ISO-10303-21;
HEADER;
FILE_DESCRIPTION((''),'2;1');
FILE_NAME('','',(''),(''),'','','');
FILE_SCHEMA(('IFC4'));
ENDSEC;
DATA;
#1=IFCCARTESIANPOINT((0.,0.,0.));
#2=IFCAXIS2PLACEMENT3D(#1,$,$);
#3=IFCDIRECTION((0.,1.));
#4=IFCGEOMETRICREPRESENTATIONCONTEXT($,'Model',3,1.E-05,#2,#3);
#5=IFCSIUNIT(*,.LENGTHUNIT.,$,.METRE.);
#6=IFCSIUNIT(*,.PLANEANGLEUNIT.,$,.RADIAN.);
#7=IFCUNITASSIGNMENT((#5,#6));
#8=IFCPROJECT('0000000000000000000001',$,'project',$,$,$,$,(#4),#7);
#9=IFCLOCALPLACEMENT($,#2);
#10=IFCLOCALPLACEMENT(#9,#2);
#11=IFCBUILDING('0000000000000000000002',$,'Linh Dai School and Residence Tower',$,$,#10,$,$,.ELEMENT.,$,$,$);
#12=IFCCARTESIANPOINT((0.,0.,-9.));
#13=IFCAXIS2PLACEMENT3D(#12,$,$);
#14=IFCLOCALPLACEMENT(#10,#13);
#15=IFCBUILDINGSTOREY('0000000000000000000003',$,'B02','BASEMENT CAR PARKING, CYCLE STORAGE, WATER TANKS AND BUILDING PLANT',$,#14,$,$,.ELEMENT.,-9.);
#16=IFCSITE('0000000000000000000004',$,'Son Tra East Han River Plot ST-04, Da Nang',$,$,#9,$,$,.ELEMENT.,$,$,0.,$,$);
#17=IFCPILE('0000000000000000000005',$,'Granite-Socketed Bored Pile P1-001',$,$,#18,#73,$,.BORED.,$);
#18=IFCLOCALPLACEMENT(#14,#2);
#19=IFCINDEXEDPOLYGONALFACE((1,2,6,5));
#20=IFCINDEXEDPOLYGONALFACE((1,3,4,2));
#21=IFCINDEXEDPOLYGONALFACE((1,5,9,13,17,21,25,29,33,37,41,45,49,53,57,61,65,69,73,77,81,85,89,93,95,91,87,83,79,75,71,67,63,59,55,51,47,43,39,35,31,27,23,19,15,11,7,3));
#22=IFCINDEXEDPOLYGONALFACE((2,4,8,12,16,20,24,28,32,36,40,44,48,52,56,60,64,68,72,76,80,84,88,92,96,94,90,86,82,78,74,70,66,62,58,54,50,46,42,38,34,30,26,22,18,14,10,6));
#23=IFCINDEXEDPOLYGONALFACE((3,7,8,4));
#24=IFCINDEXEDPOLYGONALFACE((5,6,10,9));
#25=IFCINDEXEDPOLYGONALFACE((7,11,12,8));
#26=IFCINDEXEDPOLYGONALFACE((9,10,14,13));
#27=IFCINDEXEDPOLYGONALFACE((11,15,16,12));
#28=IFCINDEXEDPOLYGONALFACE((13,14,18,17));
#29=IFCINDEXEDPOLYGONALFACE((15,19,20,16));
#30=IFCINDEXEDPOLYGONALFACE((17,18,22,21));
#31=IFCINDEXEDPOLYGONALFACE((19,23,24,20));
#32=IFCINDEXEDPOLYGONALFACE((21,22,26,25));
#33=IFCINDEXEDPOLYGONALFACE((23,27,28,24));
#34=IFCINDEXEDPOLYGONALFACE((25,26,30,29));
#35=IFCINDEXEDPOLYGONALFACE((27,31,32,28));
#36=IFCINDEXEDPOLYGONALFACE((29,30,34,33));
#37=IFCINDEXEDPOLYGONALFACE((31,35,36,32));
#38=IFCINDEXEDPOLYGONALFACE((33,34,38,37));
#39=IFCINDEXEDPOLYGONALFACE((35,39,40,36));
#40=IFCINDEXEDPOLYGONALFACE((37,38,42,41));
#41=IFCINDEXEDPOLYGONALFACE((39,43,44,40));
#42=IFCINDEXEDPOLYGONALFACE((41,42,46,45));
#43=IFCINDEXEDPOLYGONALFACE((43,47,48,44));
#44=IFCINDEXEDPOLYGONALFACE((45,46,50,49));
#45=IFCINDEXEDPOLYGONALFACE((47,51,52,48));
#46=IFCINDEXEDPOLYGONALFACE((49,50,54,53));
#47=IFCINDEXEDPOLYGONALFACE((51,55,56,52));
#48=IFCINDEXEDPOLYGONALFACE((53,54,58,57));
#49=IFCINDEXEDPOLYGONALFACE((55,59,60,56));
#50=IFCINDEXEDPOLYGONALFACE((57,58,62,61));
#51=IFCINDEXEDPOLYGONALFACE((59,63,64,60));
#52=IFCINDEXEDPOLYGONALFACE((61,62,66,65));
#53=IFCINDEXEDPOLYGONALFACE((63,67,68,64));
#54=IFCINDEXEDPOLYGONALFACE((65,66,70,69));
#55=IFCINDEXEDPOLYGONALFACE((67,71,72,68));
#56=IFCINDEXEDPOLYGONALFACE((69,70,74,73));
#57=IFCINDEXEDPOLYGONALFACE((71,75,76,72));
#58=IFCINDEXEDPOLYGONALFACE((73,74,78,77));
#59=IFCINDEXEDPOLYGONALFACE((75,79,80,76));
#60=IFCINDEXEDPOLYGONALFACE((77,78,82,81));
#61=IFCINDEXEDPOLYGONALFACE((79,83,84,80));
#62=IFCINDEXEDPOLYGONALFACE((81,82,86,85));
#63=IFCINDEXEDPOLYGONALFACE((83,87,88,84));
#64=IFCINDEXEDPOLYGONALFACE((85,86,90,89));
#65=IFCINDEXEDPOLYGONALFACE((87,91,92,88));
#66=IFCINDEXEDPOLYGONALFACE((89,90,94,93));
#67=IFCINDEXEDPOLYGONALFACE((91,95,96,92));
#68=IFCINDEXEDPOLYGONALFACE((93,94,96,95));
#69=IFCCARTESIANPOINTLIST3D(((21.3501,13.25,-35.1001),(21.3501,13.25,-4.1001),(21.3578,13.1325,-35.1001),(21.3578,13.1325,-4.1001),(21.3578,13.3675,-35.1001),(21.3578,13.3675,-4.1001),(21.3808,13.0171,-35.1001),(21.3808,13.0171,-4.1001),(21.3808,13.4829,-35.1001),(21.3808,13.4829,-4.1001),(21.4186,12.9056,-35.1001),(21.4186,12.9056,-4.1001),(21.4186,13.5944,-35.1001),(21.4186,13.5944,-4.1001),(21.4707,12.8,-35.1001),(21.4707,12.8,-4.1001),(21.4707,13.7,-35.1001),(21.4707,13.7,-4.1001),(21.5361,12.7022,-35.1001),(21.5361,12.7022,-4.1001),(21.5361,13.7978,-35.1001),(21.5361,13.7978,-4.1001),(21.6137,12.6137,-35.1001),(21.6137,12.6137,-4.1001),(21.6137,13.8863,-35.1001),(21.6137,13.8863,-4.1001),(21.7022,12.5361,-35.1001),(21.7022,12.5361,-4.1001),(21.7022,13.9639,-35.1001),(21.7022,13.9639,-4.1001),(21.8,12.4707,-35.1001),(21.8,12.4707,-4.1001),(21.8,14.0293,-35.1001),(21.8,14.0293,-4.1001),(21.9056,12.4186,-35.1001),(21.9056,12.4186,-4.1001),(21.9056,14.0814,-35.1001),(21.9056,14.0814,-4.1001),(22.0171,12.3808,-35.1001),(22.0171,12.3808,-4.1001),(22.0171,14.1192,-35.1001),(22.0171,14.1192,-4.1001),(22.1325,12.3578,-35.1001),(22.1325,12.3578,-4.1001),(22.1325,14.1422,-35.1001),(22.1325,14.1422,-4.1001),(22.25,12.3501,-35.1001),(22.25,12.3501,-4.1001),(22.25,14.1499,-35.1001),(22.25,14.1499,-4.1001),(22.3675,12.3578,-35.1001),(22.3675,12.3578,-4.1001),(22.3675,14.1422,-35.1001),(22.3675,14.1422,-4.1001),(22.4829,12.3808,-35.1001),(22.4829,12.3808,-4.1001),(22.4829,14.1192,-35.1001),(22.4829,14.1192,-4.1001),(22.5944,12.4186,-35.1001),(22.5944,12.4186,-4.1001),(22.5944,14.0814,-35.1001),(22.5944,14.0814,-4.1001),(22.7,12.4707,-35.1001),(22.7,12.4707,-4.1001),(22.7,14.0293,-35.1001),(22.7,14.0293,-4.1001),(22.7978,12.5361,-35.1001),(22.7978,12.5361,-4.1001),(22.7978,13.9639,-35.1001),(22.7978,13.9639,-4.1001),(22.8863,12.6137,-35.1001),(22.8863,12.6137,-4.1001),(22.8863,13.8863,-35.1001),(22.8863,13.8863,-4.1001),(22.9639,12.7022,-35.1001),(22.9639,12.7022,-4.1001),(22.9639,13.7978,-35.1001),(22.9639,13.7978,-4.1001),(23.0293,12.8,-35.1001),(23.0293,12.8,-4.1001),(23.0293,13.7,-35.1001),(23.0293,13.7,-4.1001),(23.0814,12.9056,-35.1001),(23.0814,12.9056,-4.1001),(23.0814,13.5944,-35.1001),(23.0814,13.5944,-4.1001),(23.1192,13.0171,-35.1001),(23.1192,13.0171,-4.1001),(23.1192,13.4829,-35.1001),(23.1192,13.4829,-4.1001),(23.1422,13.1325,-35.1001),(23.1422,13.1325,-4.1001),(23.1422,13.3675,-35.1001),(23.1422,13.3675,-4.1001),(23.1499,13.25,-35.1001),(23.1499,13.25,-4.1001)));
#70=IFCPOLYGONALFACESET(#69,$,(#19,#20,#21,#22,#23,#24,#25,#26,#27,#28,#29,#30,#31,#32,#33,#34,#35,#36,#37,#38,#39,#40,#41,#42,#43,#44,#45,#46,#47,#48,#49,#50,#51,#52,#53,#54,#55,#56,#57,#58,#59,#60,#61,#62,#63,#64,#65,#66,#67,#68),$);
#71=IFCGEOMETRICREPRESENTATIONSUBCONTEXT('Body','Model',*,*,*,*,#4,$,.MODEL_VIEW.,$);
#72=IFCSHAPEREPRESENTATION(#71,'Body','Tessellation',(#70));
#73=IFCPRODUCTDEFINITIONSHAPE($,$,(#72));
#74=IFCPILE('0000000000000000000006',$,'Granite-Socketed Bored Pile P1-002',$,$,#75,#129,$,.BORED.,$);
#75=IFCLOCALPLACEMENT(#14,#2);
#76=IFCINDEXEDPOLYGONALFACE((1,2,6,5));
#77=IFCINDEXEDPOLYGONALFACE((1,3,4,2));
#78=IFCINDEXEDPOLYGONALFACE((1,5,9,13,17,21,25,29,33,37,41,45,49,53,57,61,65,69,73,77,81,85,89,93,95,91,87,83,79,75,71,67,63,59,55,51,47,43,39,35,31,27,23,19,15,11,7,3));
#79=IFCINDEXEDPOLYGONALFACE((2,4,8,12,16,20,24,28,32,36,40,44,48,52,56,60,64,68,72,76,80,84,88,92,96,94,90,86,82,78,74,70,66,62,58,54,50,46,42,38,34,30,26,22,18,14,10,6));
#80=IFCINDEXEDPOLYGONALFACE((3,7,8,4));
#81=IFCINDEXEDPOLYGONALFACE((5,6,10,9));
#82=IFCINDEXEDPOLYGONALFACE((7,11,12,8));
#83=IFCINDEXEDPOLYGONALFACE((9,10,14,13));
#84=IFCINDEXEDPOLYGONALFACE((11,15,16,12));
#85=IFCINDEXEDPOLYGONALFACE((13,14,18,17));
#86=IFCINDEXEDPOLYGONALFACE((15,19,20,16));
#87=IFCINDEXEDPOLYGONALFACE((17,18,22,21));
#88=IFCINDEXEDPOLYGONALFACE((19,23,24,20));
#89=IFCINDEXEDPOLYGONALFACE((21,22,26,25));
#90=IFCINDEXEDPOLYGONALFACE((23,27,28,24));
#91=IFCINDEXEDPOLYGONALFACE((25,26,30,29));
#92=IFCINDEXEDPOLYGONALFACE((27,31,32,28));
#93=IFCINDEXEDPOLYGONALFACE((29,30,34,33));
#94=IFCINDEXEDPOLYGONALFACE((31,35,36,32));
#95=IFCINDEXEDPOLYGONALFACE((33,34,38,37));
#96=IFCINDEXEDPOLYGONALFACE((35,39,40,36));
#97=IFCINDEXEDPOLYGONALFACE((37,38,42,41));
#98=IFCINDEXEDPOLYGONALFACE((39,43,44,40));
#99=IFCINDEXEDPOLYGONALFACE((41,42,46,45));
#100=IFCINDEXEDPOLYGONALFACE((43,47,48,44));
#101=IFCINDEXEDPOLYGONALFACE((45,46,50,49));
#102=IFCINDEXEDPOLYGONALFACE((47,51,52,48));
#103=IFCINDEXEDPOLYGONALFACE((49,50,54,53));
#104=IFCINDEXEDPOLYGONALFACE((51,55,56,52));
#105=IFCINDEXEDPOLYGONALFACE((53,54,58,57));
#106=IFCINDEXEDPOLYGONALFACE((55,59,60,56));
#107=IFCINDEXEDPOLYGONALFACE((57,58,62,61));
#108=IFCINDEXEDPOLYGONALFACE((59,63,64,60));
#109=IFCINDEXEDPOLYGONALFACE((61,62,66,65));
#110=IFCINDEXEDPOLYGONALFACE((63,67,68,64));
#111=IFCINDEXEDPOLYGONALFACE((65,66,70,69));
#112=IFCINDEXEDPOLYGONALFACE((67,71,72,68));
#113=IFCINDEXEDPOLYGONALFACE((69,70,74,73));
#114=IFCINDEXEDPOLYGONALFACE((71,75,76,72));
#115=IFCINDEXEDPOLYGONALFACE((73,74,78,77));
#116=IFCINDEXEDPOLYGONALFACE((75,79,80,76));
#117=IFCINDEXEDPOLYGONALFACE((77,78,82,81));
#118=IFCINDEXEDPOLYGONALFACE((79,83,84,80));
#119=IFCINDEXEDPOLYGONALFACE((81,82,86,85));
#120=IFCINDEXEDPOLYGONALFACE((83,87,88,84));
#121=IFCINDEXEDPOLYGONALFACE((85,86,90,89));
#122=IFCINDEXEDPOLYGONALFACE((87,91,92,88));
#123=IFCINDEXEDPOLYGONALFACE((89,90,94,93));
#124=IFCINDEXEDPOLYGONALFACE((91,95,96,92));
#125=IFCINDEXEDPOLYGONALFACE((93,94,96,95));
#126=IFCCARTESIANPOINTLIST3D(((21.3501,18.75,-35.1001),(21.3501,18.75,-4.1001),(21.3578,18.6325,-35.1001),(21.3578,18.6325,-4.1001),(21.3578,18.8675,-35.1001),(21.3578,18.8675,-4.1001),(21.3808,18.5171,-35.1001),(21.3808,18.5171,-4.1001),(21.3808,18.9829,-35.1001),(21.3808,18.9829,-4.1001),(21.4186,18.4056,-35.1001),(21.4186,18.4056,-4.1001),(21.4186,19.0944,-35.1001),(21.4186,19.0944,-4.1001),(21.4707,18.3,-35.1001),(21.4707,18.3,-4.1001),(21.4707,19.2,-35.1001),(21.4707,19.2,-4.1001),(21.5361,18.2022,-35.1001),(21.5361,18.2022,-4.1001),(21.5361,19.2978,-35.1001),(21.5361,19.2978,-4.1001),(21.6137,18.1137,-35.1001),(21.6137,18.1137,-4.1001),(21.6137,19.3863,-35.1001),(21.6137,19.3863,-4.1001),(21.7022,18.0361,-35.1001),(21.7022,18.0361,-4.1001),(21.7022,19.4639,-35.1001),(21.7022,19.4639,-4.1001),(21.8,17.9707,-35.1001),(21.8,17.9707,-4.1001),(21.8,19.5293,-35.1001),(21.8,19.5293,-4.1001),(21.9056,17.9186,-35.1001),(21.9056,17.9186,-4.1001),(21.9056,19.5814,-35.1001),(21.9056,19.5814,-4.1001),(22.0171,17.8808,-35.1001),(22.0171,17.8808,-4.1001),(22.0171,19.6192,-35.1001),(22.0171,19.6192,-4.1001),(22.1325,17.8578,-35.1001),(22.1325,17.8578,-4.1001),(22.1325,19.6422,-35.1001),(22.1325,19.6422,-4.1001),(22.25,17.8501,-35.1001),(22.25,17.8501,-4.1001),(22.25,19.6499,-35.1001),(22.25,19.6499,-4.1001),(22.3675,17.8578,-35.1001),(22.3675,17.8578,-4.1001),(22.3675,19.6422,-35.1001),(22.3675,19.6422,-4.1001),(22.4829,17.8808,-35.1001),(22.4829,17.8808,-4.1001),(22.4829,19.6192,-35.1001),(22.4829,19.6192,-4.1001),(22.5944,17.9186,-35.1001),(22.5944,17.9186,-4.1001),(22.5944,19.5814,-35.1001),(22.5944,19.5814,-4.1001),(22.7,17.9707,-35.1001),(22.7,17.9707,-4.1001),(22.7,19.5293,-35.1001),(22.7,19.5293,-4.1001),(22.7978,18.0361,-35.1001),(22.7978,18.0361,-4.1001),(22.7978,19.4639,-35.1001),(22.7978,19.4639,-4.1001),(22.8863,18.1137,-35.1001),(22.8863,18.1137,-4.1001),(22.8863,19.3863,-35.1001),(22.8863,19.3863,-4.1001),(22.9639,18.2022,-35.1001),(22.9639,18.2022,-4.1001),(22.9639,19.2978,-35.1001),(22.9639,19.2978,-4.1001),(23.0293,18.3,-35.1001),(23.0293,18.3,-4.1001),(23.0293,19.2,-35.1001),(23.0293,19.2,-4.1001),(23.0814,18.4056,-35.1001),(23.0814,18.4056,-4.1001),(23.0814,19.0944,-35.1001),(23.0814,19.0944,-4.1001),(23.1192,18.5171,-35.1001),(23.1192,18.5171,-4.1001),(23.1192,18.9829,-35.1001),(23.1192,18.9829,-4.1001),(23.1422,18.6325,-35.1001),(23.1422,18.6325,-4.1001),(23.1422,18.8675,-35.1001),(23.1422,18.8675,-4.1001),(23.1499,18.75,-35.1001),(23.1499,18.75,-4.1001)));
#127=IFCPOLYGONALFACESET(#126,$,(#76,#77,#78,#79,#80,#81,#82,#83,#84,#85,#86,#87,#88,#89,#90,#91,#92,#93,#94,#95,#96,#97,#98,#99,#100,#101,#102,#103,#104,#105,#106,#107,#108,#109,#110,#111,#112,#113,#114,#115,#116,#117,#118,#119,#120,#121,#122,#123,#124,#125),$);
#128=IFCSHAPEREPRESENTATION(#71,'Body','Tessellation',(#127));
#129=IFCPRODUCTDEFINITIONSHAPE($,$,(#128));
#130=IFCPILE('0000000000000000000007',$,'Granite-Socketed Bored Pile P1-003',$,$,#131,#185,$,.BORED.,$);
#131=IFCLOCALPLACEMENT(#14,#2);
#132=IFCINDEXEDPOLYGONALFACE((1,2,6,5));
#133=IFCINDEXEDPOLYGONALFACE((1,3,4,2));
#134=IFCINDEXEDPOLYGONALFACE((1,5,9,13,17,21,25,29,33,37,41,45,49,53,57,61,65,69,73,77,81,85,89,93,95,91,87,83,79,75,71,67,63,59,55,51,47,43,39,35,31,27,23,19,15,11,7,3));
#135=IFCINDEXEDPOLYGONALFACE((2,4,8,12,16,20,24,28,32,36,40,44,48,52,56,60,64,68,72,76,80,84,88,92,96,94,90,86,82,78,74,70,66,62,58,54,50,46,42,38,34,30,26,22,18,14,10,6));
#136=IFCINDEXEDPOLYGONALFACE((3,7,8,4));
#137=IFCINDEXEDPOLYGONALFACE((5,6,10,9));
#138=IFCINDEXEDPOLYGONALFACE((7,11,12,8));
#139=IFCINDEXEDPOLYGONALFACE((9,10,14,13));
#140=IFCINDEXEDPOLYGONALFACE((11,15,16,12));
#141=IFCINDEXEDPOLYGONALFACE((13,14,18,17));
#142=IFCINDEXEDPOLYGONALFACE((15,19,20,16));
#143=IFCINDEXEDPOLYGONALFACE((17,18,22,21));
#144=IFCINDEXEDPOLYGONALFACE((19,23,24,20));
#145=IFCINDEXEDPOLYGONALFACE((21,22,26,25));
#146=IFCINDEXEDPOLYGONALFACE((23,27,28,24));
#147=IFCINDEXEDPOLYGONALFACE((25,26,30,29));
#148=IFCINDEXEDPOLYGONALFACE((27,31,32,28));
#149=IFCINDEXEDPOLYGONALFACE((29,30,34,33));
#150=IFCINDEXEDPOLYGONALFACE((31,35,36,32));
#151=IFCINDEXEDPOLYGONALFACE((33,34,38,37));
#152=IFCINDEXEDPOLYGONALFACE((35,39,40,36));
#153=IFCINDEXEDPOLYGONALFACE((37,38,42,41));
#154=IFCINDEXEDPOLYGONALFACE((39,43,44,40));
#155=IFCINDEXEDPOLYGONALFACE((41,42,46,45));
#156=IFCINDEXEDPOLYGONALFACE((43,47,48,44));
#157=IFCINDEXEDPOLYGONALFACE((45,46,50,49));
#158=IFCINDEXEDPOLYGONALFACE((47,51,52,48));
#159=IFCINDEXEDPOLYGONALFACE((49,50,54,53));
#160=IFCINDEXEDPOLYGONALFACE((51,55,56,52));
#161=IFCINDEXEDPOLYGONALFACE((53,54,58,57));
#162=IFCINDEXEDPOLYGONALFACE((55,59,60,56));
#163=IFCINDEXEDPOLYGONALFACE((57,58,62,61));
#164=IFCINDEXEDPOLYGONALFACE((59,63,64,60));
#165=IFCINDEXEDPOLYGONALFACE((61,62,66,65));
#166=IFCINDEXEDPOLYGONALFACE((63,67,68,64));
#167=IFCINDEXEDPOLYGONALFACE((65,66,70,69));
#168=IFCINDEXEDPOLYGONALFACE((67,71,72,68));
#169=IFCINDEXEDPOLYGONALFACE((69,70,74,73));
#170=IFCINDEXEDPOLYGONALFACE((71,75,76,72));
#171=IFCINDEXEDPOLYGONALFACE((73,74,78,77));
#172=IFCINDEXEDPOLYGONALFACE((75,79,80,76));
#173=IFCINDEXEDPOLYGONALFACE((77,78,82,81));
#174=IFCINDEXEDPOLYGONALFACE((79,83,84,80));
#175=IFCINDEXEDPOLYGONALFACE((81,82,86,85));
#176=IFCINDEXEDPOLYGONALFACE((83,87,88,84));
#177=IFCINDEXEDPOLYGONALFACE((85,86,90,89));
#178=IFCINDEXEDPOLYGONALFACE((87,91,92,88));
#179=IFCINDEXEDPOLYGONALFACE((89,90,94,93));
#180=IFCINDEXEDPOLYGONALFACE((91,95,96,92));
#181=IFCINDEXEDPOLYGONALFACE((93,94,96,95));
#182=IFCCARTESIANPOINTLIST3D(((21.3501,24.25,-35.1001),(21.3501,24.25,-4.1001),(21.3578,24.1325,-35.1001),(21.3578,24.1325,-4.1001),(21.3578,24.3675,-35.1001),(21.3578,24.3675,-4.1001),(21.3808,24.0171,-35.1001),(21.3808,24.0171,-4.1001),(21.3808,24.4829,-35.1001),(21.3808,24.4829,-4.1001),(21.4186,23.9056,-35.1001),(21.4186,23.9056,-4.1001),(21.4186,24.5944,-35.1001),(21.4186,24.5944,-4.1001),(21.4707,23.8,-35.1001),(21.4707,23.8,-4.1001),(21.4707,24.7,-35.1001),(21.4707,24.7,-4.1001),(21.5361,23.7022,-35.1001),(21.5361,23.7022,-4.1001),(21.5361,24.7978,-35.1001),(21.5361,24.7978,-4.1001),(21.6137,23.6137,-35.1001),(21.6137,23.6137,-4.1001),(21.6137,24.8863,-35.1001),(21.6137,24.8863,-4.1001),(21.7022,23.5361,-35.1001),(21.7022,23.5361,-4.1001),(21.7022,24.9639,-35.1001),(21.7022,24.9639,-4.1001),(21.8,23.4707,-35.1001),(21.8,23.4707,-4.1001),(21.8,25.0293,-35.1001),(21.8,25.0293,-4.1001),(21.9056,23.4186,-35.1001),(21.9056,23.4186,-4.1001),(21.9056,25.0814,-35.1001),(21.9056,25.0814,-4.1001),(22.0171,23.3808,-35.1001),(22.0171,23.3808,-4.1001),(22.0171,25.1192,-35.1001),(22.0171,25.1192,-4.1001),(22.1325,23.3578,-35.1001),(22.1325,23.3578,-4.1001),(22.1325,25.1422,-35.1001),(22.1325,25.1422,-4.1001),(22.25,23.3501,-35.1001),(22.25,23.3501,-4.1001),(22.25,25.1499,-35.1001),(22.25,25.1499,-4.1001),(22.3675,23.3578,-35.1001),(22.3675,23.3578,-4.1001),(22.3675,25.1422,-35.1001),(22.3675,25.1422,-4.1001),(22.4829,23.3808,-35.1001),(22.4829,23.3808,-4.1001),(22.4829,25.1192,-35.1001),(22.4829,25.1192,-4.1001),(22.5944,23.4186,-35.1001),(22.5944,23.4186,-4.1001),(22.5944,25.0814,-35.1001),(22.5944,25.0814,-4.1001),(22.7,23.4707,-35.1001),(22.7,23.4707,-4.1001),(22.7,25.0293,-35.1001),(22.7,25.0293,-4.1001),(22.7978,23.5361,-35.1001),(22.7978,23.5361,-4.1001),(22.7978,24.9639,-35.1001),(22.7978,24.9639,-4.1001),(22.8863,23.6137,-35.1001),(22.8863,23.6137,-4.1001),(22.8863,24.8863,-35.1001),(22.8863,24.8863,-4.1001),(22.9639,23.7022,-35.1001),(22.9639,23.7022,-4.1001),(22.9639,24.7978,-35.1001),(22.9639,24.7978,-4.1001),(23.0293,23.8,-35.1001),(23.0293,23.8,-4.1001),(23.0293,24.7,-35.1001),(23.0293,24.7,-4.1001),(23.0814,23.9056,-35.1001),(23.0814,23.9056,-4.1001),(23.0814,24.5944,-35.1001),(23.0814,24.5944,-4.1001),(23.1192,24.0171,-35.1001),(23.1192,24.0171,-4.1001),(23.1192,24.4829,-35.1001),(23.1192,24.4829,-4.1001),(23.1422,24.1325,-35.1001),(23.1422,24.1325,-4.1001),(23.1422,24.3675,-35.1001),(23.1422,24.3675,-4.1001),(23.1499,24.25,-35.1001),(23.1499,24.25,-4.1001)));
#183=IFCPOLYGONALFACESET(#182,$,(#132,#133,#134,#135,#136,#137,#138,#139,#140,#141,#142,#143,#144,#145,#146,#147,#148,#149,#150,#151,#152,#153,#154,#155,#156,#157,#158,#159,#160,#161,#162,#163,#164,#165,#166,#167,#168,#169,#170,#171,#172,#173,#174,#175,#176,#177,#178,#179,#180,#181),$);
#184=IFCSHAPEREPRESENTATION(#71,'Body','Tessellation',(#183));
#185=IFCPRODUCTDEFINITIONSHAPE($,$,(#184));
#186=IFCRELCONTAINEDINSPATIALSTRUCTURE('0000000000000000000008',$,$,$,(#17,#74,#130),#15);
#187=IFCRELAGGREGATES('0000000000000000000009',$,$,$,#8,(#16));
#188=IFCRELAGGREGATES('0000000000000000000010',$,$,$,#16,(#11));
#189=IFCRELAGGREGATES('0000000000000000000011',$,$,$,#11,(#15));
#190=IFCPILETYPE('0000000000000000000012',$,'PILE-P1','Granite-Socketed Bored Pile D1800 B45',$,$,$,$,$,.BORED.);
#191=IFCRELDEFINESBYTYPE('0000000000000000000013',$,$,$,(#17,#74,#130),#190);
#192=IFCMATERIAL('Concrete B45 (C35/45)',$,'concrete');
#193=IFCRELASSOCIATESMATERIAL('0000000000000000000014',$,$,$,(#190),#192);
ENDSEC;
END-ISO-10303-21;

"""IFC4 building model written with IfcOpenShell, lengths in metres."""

from ifc_helpers import new_model, si_unit, direction, frame, origin, origin_2d, place, context, subcontext, project, spatial, circle, extrude, material, material_profile, profile_set, type_object, element, save


model = new_model("IFC4")

# Units and contexts
model_context = context("Model", 3, precision=1e-05, world=origin(), true_north=direction((0.0, 1.0)))
body_context = subcontext(model_context, "Body", "Model", "MODEL_VIEW")
ifc_project = project(units=[si_unit("LENGTHUNIT", "METRE"), si_unit("PLANEANGLEUNIT", "RADIAN")], contexts=[model_context])

# Site, building, storey
site_placement = place(None, origin())
site = spatial("IfcSite", under=ifc_project, at=site_placement, Name="Son Tra East Han River Plot ST-04, Da Nang", CompositionType="ELEMENT", RefElevation=0.0)
building_placement = place(site_placement, origin())
building = spatial("IfcBuilding", under=site, at=building_placement, Name="Linh Dai School and Residence Tower", CompositionType="ELEMENT")
storey_placement = place(building_placement, frame((0.0, 0.0, -9.0)))
storey = spatial("IfcBuildingStorey", under=building, at=storey_placement, Name="B02", Description="BASEMENT CAR PARKING, CYCLE STORAGE, WATER TANKS AND BUILDING PLANT", CompositionType="ELEMENT", Elevation=-9.0)

# Piles
ifc_material_1 = material(Name="Concrete B45 (C35/45)", Category="concrete")
ifc_material_profile_1 = material_profile(ifc_material_1, circle(Radius=0.8999, at=origin_2d()), Name="PILE D1800")
ifc_profile_set_1 = profile_set([ifc_material_profile_1], Name="Concrete B45 (C35/45)")
pile_type_1 = type_object("IfcPileType", Name="PILE-P1", Description="Granite-Socketed Bored Pile D1800 B45", PredefinedType="BORED", material=ifc_profile_set_1)
for number, where, z_axis, x_axis, name in (
    (1, (22.25, 13.25, -4.1001), (0.0, 0.0, -1.0), (1.0, 0.0, 0.0), "Granite-Socketed Bored Pile P1-001"),
    (2, (22.25, 18.75, -4.1001), (0.0, 0.0, -1.0), (1.0, 0.0, 0.0), "Granite-Socketed Bored Pile P1-002"),
    (3, (22.25, 24.25, -4.1001), (0.0, 0.0, -1.0), (1.0, 0.0, 0.0), "Granite-Socketed Bored Pile P1-003"),
):
    element("IfcPile", number, at=place(storey_placement, frame(where, z_axis=z_axis, x_axis=x_axis)), inside=storey, type_object=pile_type_1, Name=name, PredefinedType="BORED", context=body_context, shape_type="SweptSolid", body=[
        extrude(circle(Radius=0.8999, at=origin_2d()), origin(), (0.0, 0.0, 1.0), 31.0),
    ])

save(model, "model.ifc")
